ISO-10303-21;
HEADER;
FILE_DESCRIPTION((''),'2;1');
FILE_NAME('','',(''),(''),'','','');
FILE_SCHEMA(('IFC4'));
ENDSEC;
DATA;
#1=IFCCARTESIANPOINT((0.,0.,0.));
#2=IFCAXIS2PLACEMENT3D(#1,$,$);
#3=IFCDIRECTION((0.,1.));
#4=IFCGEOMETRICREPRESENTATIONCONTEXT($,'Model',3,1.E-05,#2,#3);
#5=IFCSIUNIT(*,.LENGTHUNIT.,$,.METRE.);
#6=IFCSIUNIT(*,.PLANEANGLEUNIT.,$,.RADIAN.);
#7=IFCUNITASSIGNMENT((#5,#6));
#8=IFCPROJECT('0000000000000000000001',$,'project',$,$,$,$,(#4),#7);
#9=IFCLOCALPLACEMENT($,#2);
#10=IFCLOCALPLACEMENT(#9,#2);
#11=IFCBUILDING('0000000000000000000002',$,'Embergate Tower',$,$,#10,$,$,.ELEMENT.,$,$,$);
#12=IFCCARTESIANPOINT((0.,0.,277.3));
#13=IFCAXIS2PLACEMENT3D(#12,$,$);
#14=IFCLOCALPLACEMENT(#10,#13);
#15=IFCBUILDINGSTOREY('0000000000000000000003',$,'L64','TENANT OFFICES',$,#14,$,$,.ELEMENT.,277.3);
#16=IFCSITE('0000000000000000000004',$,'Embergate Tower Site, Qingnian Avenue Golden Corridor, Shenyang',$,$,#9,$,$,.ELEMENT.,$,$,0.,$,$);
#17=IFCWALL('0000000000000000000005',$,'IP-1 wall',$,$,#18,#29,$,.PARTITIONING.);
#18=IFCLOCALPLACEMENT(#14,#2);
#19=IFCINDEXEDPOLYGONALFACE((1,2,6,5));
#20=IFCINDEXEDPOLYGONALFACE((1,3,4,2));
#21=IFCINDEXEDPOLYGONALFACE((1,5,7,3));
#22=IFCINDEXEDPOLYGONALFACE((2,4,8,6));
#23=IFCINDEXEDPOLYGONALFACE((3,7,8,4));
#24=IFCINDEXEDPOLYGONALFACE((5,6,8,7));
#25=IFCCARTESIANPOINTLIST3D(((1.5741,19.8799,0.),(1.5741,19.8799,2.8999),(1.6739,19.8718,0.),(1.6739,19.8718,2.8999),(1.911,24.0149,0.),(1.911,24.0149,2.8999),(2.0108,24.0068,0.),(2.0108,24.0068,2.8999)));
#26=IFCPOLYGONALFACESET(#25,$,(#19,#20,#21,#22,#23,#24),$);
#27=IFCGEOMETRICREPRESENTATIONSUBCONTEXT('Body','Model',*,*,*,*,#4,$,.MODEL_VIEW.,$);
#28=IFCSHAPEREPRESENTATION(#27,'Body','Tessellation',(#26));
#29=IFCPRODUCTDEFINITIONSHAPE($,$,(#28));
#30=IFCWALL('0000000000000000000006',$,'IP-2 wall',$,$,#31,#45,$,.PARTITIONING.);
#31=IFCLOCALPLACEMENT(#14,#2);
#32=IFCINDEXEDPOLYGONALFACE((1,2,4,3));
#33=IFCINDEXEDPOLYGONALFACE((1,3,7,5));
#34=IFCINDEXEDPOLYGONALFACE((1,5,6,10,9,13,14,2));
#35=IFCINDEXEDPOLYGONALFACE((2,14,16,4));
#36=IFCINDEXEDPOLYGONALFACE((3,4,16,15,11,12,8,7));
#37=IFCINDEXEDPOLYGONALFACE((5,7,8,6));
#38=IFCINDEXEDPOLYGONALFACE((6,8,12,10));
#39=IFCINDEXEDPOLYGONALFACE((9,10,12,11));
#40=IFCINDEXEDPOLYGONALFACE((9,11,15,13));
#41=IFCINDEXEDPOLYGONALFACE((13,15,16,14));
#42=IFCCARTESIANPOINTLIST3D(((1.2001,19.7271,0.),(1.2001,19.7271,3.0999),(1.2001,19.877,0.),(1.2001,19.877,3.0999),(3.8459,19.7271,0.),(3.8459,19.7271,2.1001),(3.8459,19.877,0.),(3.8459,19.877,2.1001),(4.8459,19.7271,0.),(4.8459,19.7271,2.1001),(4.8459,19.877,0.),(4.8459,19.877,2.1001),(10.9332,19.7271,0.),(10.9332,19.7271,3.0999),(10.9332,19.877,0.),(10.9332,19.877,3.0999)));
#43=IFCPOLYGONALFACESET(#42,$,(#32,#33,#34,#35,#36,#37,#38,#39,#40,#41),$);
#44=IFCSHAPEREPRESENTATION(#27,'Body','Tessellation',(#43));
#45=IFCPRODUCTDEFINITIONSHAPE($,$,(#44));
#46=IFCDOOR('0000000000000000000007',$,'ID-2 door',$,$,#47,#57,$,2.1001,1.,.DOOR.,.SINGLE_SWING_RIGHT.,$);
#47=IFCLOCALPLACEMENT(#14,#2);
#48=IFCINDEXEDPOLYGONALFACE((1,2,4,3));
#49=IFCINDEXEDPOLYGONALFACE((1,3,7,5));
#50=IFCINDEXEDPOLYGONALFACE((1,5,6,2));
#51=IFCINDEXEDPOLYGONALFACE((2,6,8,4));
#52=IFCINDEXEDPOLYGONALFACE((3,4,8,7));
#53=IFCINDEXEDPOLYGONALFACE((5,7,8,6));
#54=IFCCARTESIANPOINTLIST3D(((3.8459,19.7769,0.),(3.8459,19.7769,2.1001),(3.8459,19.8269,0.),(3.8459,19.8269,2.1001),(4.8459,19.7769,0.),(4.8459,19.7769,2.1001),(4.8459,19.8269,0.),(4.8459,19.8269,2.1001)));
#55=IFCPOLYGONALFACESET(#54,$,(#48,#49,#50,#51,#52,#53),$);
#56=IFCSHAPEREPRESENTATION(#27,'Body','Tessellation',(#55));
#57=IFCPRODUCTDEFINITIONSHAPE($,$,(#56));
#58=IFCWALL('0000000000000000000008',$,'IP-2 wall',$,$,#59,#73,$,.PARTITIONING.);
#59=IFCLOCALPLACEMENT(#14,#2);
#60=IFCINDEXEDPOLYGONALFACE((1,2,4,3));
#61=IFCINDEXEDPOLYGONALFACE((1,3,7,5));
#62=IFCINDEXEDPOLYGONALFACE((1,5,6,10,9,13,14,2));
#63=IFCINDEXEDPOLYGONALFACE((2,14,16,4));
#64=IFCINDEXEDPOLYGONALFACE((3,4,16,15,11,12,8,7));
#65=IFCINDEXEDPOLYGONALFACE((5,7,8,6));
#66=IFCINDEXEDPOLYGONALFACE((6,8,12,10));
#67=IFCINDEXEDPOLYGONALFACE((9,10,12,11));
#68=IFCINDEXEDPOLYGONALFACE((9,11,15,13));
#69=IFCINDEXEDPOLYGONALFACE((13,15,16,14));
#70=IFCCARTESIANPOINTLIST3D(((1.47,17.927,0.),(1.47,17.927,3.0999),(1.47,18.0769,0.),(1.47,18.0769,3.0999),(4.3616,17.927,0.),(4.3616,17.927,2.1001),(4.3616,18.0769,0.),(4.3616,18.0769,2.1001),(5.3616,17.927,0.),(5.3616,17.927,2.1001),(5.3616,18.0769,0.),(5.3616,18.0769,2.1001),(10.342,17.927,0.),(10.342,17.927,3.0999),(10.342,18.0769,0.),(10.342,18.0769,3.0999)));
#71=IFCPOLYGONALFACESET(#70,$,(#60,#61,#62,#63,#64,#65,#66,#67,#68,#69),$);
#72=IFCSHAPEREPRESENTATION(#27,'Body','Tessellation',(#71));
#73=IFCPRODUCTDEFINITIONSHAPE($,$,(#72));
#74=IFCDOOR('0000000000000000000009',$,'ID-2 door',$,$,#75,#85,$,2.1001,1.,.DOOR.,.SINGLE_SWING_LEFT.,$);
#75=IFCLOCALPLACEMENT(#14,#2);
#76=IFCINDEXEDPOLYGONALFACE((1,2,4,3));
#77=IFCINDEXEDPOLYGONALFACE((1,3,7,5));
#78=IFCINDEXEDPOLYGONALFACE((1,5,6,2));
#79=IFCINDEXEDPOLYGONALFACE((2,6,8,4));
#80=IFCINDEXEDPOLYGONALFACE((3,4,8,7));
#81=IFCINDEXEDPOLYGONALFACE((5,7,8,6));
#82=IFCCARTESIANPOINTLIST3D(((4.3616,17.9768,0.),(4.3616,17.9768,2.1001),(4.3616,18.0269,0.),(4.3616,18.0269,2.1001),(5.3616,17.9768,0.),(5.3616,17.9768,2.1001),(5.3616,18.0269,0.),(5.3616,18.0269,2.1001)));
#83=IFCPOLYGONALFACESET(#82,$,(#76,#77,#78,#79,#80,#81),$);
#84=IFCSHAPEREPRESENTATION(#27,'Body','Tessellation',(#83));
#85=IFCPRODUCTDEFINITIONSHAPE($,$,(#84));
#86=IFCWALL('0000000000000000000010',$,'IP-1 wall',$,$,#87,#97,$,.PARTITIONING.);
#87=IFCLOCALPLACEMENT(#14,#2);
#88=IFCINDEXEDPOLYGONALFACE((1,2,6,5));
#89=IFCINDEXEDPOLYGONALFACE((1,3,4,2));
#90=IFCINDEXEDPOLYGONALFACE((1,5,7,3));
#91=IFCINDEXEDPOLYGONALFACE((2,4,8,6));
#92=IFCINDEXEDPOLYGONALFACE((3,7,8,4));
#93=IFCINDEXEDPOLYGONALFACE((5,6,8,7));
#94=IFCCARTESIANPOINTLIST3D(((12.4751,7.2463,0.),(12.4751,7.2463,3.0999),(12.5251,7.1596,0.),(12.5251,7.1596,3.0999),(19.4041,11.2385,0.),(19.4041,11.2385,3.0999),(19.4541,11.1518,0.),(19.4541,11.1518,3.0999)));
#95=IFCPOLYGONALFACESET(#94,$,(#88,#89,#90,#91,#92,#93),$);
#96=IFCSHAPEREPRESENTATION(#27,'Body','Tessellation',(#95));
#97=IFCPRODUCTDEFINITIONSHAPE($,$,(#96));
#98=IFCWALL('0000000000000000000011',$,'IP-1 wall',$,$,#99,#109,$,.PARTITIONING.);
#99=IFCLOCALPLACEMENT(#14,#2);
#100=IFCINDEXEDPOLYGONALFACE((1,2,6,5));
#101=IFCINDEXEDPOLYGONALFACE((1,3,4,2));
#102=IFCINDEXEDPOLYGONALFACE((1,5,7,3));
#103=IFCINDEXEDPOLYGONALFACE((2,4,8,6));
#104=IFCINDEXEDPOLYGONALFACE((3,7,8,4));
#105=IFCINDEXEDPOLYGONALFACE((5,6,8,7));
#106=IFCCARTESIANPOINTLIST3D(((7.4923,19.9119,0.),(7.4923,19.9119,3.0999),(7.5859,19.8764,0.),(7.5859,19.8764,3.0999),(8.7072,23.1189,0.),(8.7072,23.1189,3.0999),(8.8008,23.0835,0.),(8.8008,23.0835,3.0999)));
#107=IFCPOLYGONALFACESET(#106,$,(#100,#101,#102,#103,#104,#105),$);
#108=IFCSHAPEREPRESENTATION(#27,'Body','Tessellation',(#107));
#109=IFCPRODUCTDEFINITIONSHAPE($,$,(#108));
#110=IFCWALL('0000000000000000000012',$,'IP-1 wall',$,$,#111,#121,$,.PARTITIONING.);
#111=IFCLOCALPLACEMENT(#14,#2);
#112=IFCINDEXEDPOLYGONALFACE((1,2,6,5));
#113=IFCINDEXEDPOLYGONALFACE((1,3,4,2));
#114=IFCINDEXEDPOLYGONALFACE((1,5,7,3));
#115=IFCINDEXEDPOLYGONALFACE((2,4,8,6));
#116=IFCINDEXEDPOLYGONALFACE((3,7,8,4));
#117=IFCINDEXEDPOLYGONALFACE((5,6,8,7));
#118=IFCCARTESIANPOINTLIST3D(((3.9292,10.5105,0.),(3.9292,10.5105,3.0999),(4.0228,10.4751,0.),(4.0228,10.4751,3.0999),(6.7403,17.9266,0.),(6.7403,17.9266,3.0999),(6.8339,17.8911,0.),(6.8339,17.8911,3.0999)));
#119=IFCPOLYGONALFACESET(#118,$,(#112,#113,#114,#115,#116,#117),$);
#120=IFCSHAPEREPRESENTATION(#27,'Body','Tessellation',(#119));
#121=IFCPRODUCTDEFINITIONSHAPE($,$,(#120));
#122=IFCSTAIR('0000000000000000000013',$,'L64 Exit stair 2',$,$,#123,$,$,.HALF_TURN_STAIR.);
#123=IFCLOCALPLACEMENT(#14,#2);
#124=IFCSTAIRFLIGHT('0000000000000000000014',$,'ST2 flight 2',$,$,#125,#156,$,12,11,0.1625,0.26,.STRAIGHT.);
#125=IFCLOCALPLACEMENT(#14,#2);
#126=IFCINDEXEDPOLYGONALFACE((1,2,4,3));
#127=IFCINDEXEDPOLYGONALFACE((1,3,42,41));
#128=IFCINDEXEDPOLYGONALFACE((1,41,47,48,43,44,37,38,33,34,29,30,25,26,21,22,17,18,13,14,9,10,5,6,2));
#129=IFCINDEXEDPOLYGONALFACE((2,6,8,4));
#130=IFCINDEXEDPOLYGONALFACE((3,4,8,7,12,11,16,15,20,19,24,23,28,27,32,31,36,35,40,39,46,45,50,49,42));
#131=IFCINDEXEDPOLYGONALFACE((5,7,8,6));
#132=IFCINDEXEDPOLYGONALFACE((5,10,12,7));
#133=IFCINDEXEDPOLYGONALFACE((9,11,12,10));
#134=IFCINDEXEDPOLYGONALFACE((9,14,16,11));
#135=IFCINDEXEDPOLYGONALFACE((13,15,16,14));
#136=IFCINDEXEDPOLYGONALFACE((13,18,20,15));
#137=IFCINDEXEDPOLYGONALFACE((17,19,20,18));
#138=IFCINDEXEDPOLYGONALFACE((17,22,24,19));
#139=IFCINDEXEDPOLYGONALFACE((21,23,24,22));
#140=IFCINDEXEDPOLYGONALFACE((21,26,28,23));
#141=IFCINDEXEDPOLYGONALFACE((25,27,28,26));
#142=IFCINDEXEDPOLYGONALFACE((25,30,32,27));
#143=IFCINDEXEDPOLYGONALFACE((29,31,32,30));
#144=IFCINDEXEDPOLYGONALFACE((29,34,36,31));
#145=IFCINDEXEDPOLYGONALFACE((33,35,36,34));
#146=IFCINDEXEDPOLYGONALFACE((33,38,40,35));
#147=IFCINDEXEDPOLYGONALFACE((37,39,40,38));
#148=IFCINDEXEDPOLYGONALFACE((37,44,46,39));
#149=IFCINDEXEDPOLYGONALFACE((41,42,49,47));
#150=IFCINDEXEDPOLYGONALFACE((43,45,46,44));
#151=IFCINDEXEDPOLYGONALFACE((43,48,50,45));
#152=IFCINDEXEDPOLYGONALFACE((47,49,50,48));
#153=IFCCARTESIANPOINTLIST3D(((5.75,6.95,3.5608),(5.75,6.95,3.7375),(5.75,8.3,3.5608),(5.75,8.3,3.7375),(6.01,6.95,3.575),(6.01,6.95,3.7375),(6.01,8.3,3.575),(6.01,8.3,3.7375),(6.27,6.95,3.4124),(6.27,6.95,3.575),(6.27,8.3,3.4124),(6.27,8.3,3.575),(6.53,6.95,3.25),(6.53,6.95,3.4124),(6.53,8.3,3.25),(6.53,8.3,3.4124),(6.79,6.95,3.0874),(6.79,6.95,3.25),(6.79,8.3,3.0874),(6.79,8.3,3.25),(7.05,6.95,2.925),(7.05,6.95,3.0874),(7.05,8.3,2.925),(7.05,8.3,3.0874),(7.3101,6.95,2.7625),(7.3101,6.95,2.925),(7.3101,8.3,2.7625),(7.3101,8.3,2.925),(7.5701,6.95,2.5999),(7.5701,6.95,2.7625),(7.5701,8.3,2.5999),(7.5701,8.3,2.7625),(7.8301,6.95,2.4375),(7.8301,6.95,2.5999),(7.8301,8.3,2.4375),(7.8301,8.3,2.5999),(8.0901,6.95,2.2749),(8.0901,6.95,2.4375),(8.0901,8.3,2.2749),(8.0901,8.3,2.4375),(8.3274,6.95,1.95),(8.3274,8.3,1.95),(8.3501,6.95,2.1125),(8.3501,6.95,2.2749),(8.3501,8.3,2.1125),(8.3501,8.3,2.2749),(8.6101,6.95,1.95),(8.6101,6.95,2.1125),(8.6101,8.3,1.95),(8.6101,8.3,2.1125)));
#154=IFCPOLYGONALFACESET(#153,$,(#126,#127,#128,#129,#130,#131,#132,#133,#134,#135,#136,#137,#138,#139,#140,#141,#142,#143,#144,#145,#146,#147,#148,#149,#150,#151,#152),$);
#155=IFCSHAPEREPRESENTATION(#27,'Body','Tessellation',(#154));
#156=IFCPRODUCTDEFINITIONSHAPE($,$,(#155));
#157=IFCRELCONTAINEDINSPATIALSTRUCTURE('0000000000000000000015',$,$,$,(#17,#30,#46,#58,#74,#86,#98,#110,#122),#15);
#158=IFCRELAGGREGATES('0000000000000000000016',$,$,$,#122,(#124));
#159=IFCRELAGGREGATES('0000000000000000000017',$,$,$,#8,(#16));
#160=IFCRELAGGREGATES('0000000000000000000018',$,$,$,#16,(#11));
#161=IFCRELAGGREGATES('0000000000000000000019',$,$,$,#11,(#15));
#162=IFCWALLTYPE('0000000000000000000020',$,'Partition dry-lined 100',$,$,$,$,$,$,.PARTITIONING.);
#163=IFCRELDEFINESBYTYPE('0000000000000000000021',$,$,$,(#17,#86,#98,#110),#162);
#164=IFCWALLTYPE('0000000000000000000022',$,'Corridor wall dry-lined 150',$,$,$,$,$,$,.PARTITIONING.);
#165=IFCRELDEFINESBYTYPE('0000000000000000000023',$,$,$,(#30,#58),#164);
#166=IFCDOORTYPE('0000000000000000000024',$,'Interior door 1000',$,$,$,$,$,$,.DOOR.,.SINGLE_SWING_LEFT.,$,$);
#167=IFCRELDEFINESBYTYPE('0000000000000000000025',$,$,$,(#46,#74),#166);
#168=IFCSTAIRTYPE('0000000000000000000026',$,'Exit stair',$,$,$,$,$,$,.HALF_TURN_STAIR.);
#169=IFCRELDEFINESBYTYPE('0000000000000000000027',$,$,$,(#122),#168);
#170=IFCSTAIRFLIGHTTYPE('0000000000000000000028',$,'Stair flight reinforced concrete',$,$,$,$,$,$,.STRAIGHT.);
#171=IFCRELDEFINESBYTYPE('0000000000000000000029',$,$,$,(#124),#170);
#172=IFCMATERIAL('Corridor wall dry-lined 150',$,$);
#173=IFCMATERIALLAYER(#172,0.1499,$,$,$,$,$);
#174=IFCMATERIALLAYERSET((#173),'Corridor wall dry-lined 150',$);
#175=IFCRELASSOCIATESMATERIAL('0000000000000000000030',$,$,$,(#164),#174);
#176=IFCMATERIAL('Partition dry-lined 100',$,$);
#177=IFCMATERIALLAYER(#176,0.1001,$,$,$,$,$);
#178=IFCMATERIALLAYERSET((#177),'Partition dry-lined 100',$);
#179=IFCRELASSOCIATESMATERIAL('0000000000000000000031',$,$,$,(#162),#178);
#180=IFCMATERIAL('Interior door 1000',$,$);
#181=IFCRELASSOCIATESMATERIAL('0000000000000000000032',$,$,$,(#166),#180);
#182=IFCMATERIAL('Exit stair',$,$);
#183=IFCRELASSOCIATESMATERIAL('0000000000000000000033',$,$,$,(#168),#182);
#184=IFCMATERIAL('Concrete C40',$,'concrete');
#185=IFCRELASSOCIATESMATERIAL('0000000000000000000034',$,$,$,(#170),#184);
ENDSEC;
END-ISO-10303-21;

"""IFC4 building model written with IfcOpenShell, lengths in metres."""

from ifc_helpers import new_model, si_unit, direction, frame, frame_2d, origin, place, context, subcontext, project, spatial, polyline, rectangle, outline, extrude, source, transform, mapped, material, layer, layer_set, type_object, element, fill, aggregate, save


model = new_model("IFC4")

# Units and contexts
model_context = context("Model", 3, precision=1e-05, world=origin(), true_north=direction((0.0, 1.0)))
body_context = subcontext(model_context, "Body", "Model", "MODEL_VIEW")
ifc_project = project(units=[si_unit("LENGTHUNIT", "METRE"), si_unit("PLANEANGLEUNIT", "RADIAN")], contexts=[model_context])

# Site, building, storey
site_placement = place(None, origin())
site = spatial("IfcSite", under=ifc_project, at=site_placement, Name="Embergate Tower Site, Qingnian Avenue Golden Corridor, Shenyang", CompositionType="ELEMENT", RefElevation=0.0)
building_placement = place(site_placement, origin())
building = spatial("IfcBuilding", under=site, at=building_placement, Name="Embergate Tower", CompositionType="ELEMENT")
storey_placement = place(building_placement, frame((0.0, 0.0, 277.3)))
storey = spatial("IfcBuildingStorey", under=building, at=storey_placement, Name="L64", Description="TENANT OFFICES", CompositionType="ELEMENT", Elevation=277.3)

# Shared definitions
ifc_material_1 = material(Name="Corridor wall dry-lined 150")
ifc_layer_1 = layer(ifc_material_1, 0.1499)
ifc_layer_set_1 = layer_set([ifc_layer_1], Name="Corridor wall dry-lined 150")
wall_type_1 = type_object("IfcWallType", Name="Corridor wall dry-lined 150", PredefinedType="PARTITIONING", material=ifc_layer_set_1)

# Wall
ifc_material_2 = material(Name="Partition dry-lined 100")
ifc_layer_2 = layer(ifc_material_2, 0.1001)
ifc_layer_set_2 = layer_set([ifc_layer_2], Name="Partition dry-lined 100")
wall_type_2 = type_object("IfcWallType", Name="Partition dry-lined 100", PredefinedType="PARTITIONING", material=ifc_layer_set_2)
shared_shape_1 = source(origin(), body_context, "Body", "SweptSolid", [
    extrude(rectangle(XDim=4.1487, YDim=0.1001, at=frame_2d((2.0742, 0.0))), origin(), (0.0, 0.0, 1.0), 2.8999),
])
wall_1_placement = place(storey_placement, frame((1.624, 19.876, 0.0), z_axis=(0.0, 0.0, 1.0), x_axis=(0.081209, 0.996697, 0.0)))
element("IfcWall", 1, at=wall_1_placement, inside=storey, type_object=wall_type_2, Name="IP-1 wall", PredefinedType="PARTITIONING", context=body_context, shape_type="MappedRepresentation", body=[
    mapped(shared_shape_1, transform((0.0, 0.0, 0.0))),
])

# Walls, openings, doors
shared_shape_2 = source(origin(), body_context, "Body", "SweptSolid", [
    extrude(rectangle(XDim=9.7332, YDim=0.1499, at=frame_2d((4.8667, 0.0))), origin(), (0.0, 0.0, 1.0), 3.0999),
])
wall_2_placement = place(storey_placement, frame((1.2, 19.802, 0.0), z_axis=(0.0, 0.0, 1.0), x_axis=(1.0, 0.0, 0.0)))
wall_2 = element("IfcWall", 2, at=wall_2_placement, inside=storey, type_object=wall_type_1, Name="IP-2 wall", PredefinedType="PARTITIONING", context=body_context, shape_type="MappedRepresentation", body=[
    mapped(shared_shape_2, transform((0.0, 0.0, 0.0))),
])
shared_shape_3 = source(origin(), body_context, "Body", "SweptSolid", [
    extrude(rectangle(XDim=1.0, YDim=2.1001, at=frame_2d((0.5, 1.05))), frame((0.0, 0.085, 0.0), z_axis=(0.0, -1.0, 0.0), x_axis=(1.0, 0.0, 0.0)), (0.0, 0.0, 1.0), 0.1699),
])
opening_1_placement = place(wall_2_placement, frame((2.646, 0.0, 0.0)))
opening_1 = element("IfcOpeningElement", 3, at=opening_1_placement, cuts=wall_2, PredefinedType="OPENING", context=body_context, shape_type="MappedRepresentation", body=[
    mapped(shared_shape_3, transform((0.0, 0.0, 0.0))),
])
ifc_material_3 = material(Name="Interior door 1000")
door_type_1 = type_object("IfcDoorType", Name="Interior door 1000", OperationType="SINGLE_SWING_LEFT", PredefinedType="DOOR", material=ifc_material_3)
shared_shape_4 = source(origin(), body_context, "Body", "SweptSolid", [
    extrude(rectangle(XDim=1.0, YDim=2.1001, at=frame_2d((0.5, 1.05))), frame((0.0, 0.0249, 0.0), z_axis=(0.0, -1.0, 0.0), x_axis=(1.0, 0.0, 0.0)), (0.0, 0.0, 1.0), 0.05),
])
door_1_placement = place(opening_1_placement, origin())
door_1 = element("IfcDoor", 4, at=door_1_placement, inside=storey, type_object=door_type_1, Name="ID-2 door", OperationType="SINGLE_SWING_RIGHT", OverallHeight=2.1001, OverallWidth=1.0, PredefinedType="DOOR", context=body_context, shape_type="MappedRepresentation", body=[
    mapped(shared_shape_4, transform((0.0, 0.0, 0.0))),
])
fill(opening_1, door_1)
shared_shape_5 = source(origin(), body_context, "Body", "SweptSolid", [
    extrude(rectangle(XDim=8.8721, YDim=0.1499, at=frame_2d((4.436, 0.0))), origin(), (0.0, 0.0, 1.0), 3.0999),
])
wall_3_placement = place(storey_placement, frame((1.47, 18.002, 0.0), z_axis=(0.0, 0.0, 1.0), x_axis=(1.0, 0.0, 0.0)))
wall_3 = element("IfcWall", 5, at=wall_3_placement, inside=storey, type_object=wall_type_1, Name="IP-2 wall", PredefinedType="PARTITIONING", context=body_context, shape_type="MappedRepresentation", body=[
    mapped(shared_shape_5, transform((0.0, 0.0, 0.0))),
])
opening_2_placement = place(wall_3_placement, frame((2.8916, 0.0, 0.0)))
opening_2 = element("IfcOpeningElement", 6, at=opening_2_placement, cuts=wall_3, PredefinedType="OPENING", context=body_context, shape_type="MappedRepresentation", body=[
    mapped(shared_shape_3, transform((0.0, 0.0, 0.0))),
])
door_2_placement = place(opening_2_placement, origin())
door_2 = element("IfcDoor", 7, at=door_2_placement, inside=storey, type_object=door_type_1, Name="ID-2 door", OperationType="SINGLE_SWING_LEFT", OverallHeight=2.1001, OverallWidth=1.0, PredefinedType="DOOR", context=body_context, shape_type="MappedRepresentation", body=[
    mapped(shared_shape_4, transform((0.0, 0.0, 0.0))),
])
fill(opening_2, door_2)

# Walls
shared_shape_6 = source(origin(), body_context, "Body", "SweptSolid", [
    extrude(rectangle(XDim=7.9968, YDim=0.1001, at=frame_2d((3.9985, 0.0))), origin(), (0.0, 0.0, 1.0), 3.0999),
])
wall_4_placement = place(storey_placement, frame((12.5, 7.2029, 0.0), z_axis=(0.0, 0.0, 1.0), x_axis=(0.866472, 0.499226, 0.0)))
element("IfcWall", 8, at=wall_4_placement, inside=storey, type_object=wall_type_2, Name="IP-1 wall", PredefinedType="PARTITIONING", context=body_context, shape_type="MappedRepresentation", body=[
    mapped(shared_shape_6, transform((0.0, 0.0, 0.0))),
])
shared_shape_7 = source(origin(), body_context, "Body", "SweptSolid", [
    extrude(rectangle(XDim=3.4294, YDim=0.1001, at=frame_2d((1.7148, 0.0))), origin(), (0.0, 0.0, 1.0), 3.0999),
])
wall_5_placement = place(storey_placement, frame((7.5391, 19.894, 0.0), z_axis=(0.0, 0.0, 1.0), x_axis=(0.354242, 0.935154, 0.0)))
element("IfcWall", 9, at=wall_5_placement, inside=storey, type_object=wall_type_2, Name="IP-1 wall", PredefinedType="PARTITIONING", context=body_context, shape_type="MappedRepresentation", body=[
    mapped(shared_shape_7, transform((0.0, 0.0, 0.0))),
])
shared_shape_8 = source(origin(), body_context, "Body", "SweptSolid", [
    extrude(rectangle(XDim=7.9309, YDim=0.1001, at=frame_2d((3.9653, 0.0))), origin(), (0.0, 0.0, 1.0), 3.0999),
])
wall_6_placement = place(storey_placement, frame((3.9761, 10.4929, 0.0), z_axis=(0.0, 0.0, 1.0), x_axis=(0.354441, 0.935078, 0.0)))
element("IfcWall", 10, at=wall_6_placement, inside=storey, type_object=wall_type_2, Name="IP-1 wall", PredefinedType="PARTITIONING", context=body_context, shape_type="MappedRepresentation", body=[
    mapped(shared_shape_8, transform((0.0, 0.0, 0.0))),
])

# Stair, stair flight
ifc_material_4 = material(Name="Exit stair")
stair_type = type_object("IfcStairType", Name="Exit stair", PredefinedType="HALF_TURN_STAIR", material=ifc_material_4)
stair_placement = place(storey_placement, origin())
stair = element("IfcStair", 11, at=stair_placement, inside=storey, type_object=stair_type, Name="L64 Exit stair 2", PredefinedType="HALF_TURN_STAIR")
ifc_material_5 = material(Name="Concrete C40", Category="concrete")
stair_flight_type = type_object("IfcStairFlightType", Name="Stair flight reinforced concrete", PredefinedType="STRAIGHT", material=ifc_material_5)
shared_shape_9 = source(origin(), body_context, "Body", "SweptSolid", [
    extrude(outline(polyline([(0.0, 0.0), (0.0, 0.1626), (0.26, 0.1626), (0.26, 0.325), (0.52, 0.325), (0.52, 0.4875), (0.78, 0.4875), (0.78, 0.6499), (1.04, 0.6499), (1.04, 0.8125), (1.3, 0.8125), (1.3, 0.9751), (1.5601, 0.9751), (1.5601, 1.1375), (1.8201, 1.1375), (1.8201, 1.3), (2.0801, 1.3), (2.0801, 1.4624), (2.3401, 1.4624), (2.3401, 1.625), (2.6001, 1.625), (2.6001, 1.7876), (2.8601, 1.7876), (2.8601, 1.95), (2.8601, 1.6108), (0.2827, 0.0), (0.0, 0.0)])), frame((0.0, 0.675, 0.0), z_axis=(0.0, -1.0, 0.0), x_axis=(1.0, 0.0, 0.0)), (0.0, 0.0, 1.0), 1.3501),
])
stair_flight_placement = place(storey_placement, frame((8.6101, 7.625, 1.95), z_axis=(0.0, 0.0, 1.0), x_axis=(-1.0, 0.0, 0.0)))
stair_flight = element("IfcStairFlight", 12, at=stair_flight_placement, type_object=stair_flight_type, Name="ST2 flight 2", NumberOfRisers=12, NumberOfTreads=11, PredefinedType="STRAIGHT", RiserHeight=0.1625, TreadLength=0.26, context=body_context, shape_type="MappedRepresentation", body=[
    mapped(shared_shape_9, transform((0.0, 0.0, 0.0))),
])
aggregate(stair, [stair_flight])

save(model, "model.ifc")
